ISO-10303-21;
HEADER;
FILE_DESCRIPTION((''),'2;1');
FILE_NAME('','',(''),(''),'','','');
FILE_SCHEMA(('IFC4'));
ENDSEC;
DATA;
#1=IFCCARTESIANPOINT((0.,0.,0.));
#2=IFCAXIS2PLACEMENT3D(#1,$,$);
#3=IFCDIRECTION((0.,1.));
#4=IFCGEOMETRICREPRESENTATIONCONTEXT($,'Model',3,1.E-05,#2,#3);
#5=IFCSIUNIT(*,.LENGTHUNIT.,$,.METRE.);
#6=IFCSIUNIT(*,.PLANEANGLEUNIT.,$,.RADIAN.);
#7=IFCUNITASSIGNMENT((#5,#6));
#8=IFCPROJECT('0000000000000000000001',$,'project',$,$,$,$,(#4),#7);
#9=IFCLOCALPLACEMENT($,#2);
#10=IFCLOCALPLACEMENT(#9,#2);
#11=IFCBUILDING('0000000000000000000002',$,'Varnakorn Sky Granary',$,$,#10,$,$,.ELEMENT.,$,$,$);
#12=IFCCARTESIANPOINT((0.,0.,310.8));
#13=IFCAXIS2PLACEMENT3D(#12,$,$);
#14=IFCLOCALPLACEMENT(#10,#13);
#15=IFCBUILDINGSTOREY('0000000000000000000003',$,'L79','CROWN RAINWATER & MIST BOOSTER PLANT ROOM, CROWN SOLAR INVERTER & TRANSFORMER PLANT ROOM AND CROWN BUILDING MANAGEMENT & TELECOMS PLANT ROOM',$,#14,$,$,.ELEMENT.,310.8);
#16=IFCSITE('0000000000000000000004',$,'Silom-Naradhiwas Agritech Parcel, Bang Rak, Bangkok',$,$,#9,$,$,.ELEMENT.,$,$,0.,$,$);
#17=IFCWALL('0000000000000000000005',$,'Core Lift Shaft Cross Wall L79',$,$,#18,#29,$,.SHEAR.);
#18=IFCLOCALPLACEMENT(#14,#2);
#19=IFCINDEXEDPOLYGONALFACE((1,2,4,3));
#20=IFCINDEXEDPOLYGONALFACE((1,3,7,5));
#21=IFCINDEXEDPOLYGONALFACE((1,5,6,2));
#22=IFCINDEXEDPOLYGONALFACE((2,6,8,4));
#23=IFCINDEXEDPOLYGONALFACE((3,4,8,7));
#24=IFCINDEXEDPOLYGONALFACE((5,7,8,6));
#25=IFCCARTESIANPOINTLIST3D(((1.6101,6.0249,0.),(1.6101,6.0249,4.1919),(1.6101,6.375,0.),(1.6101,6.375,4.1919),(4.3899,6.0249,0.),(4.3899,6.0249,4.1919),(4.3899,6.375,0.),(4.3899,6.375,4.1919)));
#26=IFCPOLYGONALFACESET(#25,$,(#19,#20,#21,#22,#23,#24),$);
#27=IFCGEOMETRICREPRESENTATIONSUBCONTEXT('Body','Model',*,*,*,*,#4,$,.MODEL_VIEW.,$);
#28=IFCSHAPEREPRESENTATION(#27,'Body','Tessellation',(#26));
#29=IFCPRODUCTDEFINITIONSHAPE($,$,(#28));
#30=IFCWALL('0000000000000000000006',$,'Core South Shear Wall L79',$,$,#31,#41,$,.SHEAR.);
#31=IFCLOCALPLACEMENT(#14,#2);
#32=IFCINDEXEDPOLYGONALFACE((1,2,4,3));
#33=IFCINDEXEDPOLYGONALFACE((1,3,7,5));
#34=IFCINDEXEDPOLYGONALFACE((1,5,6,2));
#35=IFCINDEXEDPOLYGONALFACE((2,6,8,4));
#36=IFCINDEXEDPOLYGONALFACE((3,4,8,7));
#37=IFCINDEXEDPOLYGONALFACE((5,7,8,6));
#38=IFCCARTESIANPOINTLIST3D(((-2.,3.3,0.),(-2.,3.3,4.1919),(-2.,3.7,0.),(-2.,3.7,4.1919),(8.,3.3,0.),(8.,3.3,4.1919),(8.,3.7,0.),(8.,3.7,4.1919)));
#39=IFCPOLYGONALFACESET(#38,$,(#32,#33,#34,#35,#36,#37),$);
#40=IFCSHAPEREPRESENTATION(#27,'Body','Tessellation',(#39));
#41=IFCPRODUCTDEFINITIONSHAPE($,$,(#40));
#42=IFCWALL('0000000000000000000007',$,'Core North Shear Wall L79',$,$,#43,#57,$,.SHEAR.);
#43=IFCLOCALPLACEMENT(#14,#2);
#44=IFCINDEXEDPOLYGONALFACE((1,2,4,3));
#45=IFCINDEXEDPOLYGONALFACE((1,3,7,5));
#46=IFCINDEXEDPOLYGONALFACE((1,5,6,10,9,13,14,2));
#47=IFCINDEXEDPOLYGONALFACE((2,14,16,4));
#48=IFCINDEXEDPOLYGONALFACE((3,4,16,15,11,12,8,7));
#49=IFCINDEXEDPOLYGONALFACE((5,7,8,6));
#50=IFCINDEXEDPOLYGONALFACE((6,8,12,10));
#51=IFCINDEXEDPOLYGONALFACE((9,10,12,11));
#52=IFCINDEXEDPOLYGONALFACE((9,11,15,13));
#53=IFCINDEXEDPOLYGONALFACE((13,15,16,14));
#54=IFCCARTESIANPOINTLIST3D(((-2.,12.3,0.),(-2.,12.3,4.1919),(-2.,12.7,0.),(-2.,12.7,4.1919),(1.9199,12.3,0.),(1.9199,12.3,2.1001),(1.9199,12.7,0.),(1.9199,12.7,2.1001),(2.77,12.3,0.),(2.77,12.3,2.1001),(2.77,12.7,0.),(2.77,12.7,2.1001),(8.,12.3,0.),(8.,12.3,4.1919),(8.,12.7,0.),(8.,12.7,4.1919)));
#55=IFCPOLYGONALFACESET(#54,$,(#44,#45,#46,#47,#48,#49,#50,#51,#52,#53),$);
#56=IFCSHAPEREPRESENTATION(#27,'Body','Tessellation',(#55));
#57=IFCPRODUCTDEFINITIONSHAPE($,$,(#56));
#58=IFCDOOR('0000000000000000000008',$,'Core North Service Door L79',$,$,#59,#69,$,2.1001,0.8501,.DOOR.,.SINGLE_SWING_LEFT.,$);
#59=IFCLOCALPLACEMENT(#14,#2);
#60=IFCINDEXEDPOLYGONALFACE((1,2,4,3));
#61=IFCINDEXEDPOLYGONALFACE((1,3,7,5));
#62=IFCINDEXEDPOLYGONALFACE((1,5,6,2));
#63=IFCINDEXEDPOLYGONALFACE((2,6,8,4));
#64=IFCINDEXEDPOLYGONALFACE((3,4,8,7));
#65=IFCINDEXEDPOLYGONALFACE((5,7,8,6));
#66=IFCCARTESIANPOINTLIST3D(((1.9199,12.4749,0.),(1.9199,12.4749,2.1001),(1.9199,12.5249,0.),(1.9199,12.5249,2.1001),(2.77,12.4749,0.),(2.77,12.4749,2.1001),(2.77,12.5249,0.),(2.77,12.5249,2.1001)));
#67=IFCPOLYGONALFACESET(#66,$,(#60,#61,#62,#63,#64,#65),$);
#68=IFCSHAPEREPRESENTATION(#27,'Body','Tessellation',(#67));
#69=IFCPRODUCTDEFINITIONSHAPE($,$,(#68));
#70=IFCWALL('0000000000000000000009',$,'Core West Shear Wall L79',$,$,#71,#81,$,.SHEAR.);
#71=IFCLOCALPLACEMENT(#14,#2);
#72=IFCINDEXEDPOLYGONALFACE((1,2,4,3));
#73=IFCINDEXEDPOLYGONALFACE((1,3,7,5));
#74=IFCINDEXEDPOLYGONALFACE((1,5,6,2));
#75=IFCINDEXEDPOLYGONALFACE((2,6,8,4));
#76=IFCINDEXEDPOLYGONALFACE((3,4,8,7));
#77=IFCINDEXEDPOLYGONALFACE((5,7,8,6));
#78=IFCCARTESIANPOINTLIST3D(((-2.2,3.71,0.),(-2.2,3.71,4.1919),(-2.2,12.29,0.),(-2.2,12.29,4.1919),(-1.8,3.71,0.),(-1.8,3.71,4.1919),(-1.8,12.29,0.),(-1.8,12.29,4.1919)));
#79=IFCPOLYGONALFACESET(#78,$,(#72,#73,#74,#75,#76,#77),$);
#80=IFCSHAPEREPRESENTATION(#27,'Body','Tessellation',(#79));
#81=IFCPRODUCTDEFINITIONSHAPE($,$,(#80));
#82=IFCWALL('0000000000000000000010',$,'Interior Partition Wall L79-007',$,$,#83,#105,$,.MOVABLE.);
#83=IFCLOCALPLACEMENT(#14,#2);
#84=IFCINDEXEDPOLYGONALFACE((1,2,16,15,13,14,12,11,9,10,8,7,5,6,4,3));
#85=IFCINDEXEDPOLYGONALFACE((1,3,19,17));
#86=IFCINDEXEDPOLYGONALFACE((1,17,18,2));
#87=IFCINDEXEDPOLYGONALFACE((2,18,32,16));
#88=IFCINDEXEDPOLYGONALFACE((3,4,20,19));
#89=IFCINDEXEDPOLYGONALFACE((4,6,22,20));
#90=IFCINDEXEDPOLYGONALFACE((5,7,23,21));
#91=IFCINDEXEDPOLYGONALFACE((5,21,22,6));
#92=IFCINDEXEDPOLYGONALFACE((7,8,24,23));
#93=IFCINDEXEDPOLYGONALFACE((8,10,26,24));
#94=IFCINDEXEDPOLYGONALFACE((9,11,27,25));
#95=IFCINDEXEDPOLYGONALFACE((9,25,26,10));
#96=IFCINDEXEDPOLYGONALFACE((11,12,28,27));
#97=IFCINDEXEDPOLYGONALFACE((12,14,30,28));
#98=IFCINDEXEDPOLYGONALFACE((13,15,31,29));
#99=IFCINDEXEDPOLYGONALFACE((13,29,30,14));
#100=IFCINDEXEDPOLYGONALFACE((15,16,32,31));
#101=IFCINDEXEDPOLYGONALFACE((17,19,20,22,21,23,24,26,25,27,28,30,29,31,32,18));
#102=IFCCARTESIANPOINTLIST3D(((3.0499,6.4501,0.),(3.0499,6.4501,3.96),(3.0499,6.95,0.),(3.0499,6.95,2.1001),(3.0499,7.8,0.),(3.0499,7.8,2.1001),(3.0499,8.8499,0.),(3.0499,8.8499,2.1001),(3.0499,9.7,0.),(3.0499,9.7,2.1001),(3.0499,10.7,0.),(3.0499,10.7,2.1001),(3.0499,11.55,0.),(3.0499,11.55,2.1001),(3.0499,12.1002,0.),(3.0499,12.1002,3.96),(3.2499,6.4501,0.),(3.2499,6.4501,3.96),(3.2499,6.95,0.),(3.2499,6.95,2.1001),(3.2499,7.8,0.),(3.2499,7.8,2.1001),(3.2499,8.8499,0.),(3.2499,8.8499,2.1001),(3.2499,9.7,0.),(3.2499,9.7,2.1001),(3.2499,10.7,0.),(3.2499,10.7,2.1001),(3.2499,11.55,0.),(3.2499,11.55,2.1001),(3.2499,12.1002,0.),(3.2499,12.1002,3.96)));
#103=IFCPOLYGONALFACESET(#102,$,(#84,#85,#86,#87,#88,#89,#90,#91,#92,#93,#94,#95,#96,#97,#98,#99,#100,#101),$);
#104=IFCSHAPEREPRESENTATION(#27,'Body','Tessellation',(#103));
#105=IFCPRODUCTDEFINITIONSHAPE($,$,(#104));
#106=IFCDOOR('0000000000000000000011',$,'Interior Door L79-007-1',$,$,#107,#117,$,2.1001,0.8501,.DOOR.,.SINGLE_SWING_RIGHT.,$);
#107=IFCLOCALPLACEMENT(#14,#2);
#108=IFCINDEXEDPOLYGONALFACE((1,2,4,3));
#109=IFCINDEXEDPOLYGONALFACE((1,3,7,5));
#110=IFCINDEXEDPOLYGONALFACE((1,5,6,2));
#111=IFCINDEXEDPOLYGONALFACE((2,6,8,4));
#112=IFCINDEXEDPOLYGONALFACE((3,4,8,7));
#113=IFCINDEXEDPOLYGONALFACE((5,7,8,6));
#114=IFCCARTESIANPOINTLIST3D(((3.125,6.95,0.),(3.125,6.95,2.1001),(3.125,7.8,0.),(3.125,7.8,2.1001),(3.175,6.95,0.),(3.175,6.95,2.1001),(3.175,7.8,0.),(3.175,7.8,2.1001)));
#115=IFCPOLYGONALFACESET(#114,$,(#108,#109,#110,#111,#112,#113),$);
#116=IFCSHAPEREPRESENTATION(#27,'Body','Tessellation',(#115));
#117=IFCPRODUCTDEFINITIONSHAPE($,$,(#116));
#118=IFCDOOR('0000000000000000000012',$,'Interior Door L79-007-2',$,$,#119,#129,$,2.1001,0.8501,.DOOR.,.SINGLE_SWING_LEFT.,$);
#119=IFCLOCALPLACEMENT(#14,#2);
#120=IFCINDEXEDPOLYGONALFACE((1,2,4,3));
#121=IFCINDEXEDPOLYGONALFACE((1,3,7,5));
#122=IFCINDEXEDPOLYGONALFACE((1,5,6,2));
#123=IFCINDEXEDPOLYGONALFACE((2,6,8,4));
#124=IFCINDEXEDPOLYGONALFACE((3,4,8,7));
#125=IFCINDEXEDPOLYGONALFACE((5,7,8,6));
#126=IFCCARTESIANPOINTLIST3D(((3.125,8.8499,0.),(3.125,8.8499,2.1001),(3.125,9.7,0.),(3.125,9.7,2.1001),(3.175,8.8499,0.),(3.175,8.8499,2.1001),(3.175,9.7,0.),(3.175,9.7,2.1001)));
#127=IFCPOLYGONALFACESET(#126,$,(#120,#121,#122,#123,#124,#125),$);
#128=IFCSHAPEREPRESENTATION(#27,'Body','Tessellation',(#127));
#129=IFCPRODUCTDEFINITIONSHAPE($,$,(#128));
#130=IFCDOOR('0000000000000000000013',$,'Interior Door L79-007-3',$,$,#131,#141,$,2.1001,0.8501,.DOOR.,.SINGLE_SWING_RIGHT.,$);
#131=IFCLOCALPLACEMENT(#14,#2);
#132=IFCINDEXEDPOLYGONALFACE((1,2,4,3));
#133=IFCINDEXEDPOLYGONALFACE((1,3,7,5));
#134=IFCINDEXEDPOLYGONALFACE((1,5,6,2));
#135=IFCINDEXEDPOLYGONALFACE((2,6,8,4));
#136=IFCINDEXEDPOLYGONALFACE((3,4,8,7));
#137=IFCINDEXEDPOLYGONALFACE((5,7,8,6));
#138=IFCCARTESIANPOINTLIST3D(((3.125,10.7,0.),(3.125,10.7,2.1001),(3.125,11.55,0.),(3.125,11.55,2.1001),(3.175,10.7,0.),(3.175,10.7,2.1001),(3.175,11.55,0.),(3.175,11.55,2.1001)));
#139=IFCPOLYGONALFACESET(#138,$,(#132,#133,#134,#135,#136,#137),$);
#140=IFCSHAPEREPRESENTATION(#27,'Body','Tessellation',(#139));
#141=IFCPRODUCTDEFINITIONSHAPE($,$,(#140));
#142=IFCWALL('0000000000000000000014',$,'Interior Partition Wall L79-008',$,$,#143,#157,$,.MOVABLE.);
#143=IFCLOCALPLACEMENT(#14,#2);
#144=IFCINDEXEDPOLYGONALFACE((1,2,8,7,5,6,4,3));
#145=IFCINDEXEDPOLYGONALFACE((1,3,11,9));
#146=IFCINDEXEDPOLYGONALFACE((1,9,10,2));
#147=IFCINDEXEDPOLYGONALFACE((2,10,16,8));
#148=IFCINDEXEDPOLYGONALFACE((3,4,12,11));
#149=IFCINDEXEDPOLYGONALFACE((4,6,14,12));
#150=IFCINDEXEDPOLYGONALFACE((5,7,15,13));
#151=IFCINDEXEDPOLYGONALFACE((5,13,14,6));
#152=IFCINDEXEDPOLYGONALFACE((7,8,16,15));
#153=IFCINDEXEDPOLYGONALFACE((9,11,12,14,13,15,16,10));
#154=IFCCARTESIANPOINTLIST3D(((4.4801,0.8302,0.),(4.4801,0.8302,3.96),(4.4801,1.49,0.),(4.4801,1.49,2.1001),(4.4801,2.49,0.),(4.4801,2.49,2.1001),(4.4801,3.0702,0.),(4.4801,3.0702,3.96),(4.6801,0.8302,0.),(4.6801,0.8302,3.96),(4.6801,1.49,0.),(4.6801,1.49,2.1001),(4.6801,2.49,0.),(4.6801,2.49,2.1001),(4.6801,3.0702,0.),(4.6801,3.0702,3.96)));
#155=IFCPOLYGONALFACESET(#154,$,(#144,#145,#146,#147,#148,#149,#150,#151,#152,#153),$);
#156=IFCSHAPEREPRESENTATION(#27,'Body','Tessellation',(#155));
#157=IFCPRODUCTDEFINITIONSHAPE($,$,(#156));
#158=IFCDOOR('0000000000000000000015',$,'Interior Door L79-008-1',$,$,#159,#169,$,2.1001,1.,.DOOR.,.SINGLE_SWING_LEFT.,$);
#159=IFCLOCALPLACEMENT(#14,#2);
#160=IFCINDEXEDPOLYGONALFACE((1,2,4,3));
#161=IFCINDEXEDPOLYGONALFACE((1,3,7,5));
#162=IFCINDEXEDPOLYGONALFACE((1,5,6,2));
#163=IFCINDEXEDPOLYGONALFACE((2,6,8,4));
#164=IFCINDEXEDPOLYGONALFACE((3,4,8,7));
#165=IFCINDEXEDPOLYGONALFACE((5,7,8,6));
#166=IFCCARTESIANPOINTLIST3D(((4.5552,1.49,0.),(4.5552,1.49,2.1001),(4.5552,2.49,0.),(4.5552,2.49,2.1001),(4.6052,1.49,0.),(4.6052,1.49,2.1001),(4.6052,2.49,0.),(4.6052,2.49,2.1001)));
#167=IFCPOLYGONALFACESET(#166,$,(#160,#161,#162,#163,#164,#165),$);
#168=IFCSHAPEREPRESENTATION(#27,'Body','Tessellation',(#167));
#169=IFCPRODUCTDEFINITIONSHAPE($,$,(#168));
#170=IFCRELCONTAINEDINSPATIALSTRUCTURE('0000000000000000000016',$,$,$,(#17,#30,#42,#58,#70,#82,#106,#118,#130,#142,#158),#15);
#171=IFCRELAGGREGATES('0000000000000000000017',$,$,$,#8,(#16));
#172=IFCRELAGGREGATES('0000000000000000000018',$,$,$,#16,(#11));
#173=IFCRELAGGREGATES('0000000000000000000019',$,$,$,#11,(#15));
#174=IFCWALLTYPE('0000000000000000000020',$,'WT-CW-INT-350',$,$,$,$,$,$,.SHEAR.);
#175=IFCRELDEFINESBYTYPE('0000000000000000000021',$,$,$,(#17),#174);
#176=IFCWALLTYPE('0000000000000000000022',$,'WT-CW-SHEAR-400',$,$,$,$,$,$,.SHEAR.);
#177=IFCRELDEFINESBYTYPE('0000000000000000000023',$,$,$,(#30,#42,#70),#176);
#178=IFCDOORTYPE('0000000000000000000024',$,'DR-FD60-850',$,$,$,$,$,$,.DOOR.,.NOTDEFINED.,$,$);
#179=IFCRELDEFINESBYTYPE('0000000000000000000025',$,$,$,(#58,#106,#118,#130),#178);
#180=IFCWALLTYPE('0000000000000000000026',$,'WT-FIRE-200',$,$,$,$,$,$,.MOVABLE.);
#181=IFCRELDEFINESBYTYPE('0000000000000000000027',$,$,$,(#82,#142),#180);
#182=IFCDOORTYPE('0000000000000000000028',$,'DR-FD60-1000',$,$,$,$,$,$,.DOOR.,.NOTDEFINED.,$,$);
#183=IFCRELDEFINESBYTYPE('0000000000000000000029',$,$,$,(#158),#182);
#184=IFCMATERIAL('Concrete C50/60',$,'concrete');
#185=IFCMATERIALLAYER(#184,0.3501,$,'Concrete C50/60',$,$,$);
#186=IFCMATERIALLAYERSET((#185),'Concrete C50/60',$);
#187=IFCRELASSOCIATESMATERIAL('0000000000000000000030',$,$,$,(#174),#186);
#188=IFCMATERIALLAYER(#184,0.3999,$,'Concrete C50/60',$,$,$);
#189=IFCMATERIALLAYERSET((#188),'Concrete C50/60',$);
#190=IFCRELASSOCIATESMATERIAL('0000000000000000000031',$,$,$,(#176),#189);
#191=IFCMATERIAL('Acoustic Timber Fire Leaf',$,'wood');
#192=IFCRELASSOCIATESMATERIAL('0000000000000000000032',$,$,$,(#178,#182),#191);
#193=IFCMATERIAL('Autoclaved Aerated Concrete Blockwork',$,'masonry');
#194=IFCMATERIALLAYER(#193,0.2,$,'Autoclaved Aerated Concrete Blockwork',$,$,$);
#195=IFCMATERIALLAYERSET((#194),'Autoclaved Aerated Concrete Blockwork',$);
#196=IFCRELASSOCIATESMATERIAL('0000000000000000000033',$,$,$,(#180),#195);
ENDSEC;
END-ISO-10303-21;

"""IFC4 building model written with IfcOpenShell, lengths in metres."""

from ifc_helpers import new_model, si_unit, direction, frame, frame_2d, origin, place, context, subcontext, project, spatial, rectangle, extrude, material, layer, layer_set, type_object, element, fill, save


model = new_model("IFC4")

# Units and contexts
model_context = context("Model", 3, precision=1e-05, world=origin(), true_north=direction((0.0, 1.0)))
body_context = subcontext(model_context, "Body", "Model", "MODEL_VIEW")
ifc_project = project(units=[si_unit("LENGTHUNIT", "METRE"), si_unit("PLANEANGLEUNIT", "RADIAN")], contexts=[model_context])

# Site, building, storey
site_placement = place(None, origin())
site = spatial("IfcSite", under=ifc_project, at=site_placement, Name="Silom-Naradhiwas Agritech Parcel, Bang Rak, Bangkok", CompositionType="ELEMENT", RefElevation=0.0)
building_placement = place(site_placement, origin())
building = spatial("IfcBuilding", under=site, at=building_placement, Name="Varnakorn Sky Granary", CompositionType="ELEMENT")
storey_placement = place(building_placement, frame((0.0, 0.0, 310.8)))
storey = spatial("IfcBuildingStorey", under=building, at=storey_placement, Name="L79", Description="CROWN RAINWATER & MIST BOOSTER PLANT ROOM, CROWN SOLAR INVERTER & TRANSFORMER PLANT ROOM AND CROWN BUILDING MANAGEMENT & TELECOMS PLANT ROOM", CompositionType="ELEMENT", Elevation=310.8)

# Shared definitions
ifc_material_1 = material(Name="Concrete C50/60", Category="concrete")

# Walls
ifc_layer_1 = layer(ifc_material_1, 0.3501, Name="Concrete C50/60")
ifc_layer_set_1 = layer_set([ifc_layer_1], Name="Concrete C50/60")
wall_type_1 = type_object("IfcWallType", Name="WT-CW-INT-350", PredefinedType="SHEAR", material=ifc_layer_set_1)
wall_1_placement = place(storey_placement, frame((1.6101, 6.2, 0.0), z_axis=(0.0, 0.0, 1.0), x_axis=(1.0, 0.0, 0.0)))
element("IfcWall", 1, at=wall_1_placement, inside=storey, type_object=wall_type_1, Name="Core Lift Shaft Cross Wall L79", PredefinedType="SHEAR", context=body_context, shape_type="SweptSolid", body=[
    extrude(rectangle(XDim=2.7798, YDim=0.3501, at=frame_2d((1.3899, 0.0))), origin(), (0.0, 0.0, 1.0), 4.1919),
])
ifc_layer_2 = layer(ifc_material_1, 0.3999, Name="Concrete C50/60")
ifc_layer_set_2 = layer_set([ifc_layer_2], Name="Concrete C50/60")
wall_type_2 = type_object("IfcWallType", Name="WT-CW-SHEAR-400", PredefinedType="SHEAR", material=ifc_layer_set_2)
wall_2_placement = place(storey_placement, frame((-2.0, 3.5, 0.0), z_axis=(0.0, 0.0, 1.0), x_axis=(1.0, 0.0, 0.0)))
element("IfcWall", 2, at=wall_2_placement, inside=storey, type_object=wall_type_2, Name="Core South Shear Wall L79", PredefinedType="SHEAR", context=body_context, shape_type="SweptSolid", body=[
    extrude(rectangle(XDim=10.0, YDim=0.3999, at=frame_2d((5.0, 0.0))), origin(), (0.0, 0.0, 1.0), 4.1919),
])

# Wall, opening, door
wall_3_placement = place(storey_placement, frame((-2.0, 12.5, 0.0), z_axis=(0.0, 0.0, 1.0), x_axis=(1.0, 0.0, 0.0)))
wall_3 = element("IfcWall", 3, at=wall_3_placement, inside=storey, type_object=wall_type_2, Name="Core North Shear Wall L79", PredefinedType="SHEAR", context=body_context, shape_type="SweptSolid", body=[
    extrude(rectangle(XDim=10.0, YDim=0.3999, at=frame_2d((5.0, 0.0))), origin(), (0.0, 0.0, 1.0), 4.1919),
])
opening_1_placement = place(wall_3_placement, frame((3.9199, 0.0, 0.0)))
opening_1 = element("IfcOpeningElement", 4, at=opening_1_placement, cuts=wall_3, PredefinedType="OPENING", context=body_context, shape_type="SweptSolid", body=[
    extrude(rectangle(XDim=0.8501, YDim=2.1001, at=frame_2d((0.425, 1.05))), frame((0.0, 0.21, 0.0), z_axis=(0.0, -1.0, 0.0), x_axis=(1.0, 0.0, 0.0)), (0.0, 0.0, 1.0), 0.4199),
])
ifc_material_2 = material(Name="Acoustic Timber Fire Leaf", Category="wood")
door_type_1 = type_object("IfcDoorType", Name="DR-FD60-850", OperationType="NOTDEFINED", PredefinedType="DOOR", material=ifc_material_2)
door_1_placement = place(opening_1_placement, origin())
door_1 = element("IfcDoor", 5, at=door_1_placement, inside=storey, type_object=door_type_1, Name="Core North Service Door L79", OperationType="SINGLE_SWING_LEFT", OverallHeight=2.1001, OverallWidth=0.8501, PredefinedType="DOOR", context=body_context, shape_type="SweptSolid", body=[
    extrude(rectangle(XDim=0.8501, YDim=2.1001, at=frame_2d((0.425, 1.05))), frame((0.0, 0.0249, 0.0), z_axis=(0.0, -1.0, 0.0), x_axis=(1.0, 0.0, 0.0)), (0.0, 0.0, 1.0), 0.05),
])
fill(opening_1, door_1)

# Wall
wall_4_placement = place(storey_placement, frame((-2.0, 3.71, 0.0), z_axis=(0.0, 0.0, 1.0), x_axis=(0.0, 1.0, 0.0)))
element("IfcWall", 6, at=wall_4_placement, inside=storey, type_object=wall_type_2, Name="Core West Shear Wall L79", PredefinedType="SHEAR", context=body_context, shape_type="SweptSolid", body=[
    extrude(rectangle(XDim=8.5801, YDim=0.3999, at=frame_2d((4.29, 0.0))), origin(), (0.0, 0.0, 1.0), 4.1919),
])

# Wall, openings, doors
ifc_material_3 = material(Name="Autoclaved Aerated Concrete Blockwork", Category="masonry")
ifc_layer_3 = layer(ifc_material_3, 0.2, Name="Autoclaved Aerated Concrete Blockwork")
ifc_layer_set_3 = layer_set([ifc_layer_3], Name="Autoclaved Aerated Concrete Blockwork")
wall_type_3 = type_object("IfcWallType", Name="WT-FIRE-200", PredefinedType="MOVABLE", material=ifc_layer_set_3)
wall_5_placement = place(storey_placement, frame((3.1499, 6.45, 0.0), z_axis=(0.0, 0.0, 1.0), x_axis=(0.0, 1.0, 0.0)))
wall_5 = element("IfcWall", 7, at=wall_5_placement, inside=storey, type_object=wall_type_3, Name="Interior Partition Wall L79-007", PredefinedType="MOVABLE", context=body_context, shape_type="SweptSolid", body=[
    extrude(rectangle(XDim=5.6501, YDim=0.2, at=frame_2d((2.8252, 0.0))), origin(), (0.0, 0.0, 1.0), 3.96),
])
opening_2_placement = place(wall_5_placement, frame((0.5, 0.0, 0.0)))
opening_2 = element("IfcOpeningElement", 8, at=opening_2_placement, cuts=wall_5, PredefinedType="OPENING", context=body_context, shape_type="SweptSolid", body=[
    extrude(rectangle(XDim=0.8501, YDim=2.1001, at=frame_2d((0.425, 1.05))), frame((0.0, 0.1099, 0.0), z_axis=(0.0, -1.0, 0.0), x_axis=(1.0, 0.0, 0.0)), (0.0, 0.0, 1.0), 0.22),
])
opening_3_placement = place(wall_5_placement, frame((2.3999, 0.0, 0.0)))
opening_3 = element("IfcOpeningElement", 9, at=opening_3_placement, cuts=wall_5, PredefinedType="OPENING", context=body_context, shape_type="SweptSolid", body=[
    extrude(rectangle(XDim=0.8501, YDim=2.1001, at=frame_2d((0.425, 1.05))), frame((0.0, 0.1099, 0.0), z_axis=(0.0, -1.0, 0.0), x_axis=(1.0, 0.0, 0.0)), (0.0, 0.0, 1.0), 0.22),
])
opening_4_placement = place(wall_5_placement, frame((4.25, 0.0, 0.0)))
opening_4 = element("IfcOpeningElement", 10, at=opening_4_placement, cuts=wall_5, PredefinedType="OPENING", context=body_context, shape_type="SweptSolid", body=[
    extrude(rectangle(XDim=0.8501, YDim=2.1001, at=frame_2d((0.425, 1.05))), frame((0.0, 0.1099, 0.0), z_axis=(0.0, -1.0, 0.0), x_axis=(1.0, 0.0, 0.0)), (0.0, 0.0, 1.0), 0.22),
])
door_2_placement = place(opening_2_placement, origin())
door_2 = element("IfcDoor", 11, at=door_2_placement, inside=storey, type_object=door_type_1, Name="Interior Door L79-007-1", OperationType="SINGLE_SWING_RIGHT", OverallHeight=2.1001, OverallWidth=0.8501, PredefinedType="DOOR", context=body_context, shape_type="SweptSolid", body=[
    extrude(rectangle(XDim=0.8501, YDim=2.1001, at=frame_2d((0.425, 1.05))), frame((0.0, 0.0249, 0.0), z_axis=(0.0, -1.0, 0.0), x_axis=(1.0, 0.0, 0.0)), (0.0, 0.0, 1.0), 0.05),
])
fill(opening_2, door_2)
door_3_placement = place(opening_3_placement, origin())
door_3 = element("IfcDoor", 12, at=door_3_placement, inside=storey, type_object=door_type_1, Name="Interior Door L79-007-2", OperationType="SINGLE_SWING_LEFT", OverallHeight=2.1001, OverallWidth=0.8501, PredefinedType="DOOR", context=body_context, shape_type="SweptSolid", body=[
    extrude(rectangle(XDim=0.8501, YDim=2.1001, at=frame_2d((0.425, 1.05))), frame((0.0, 0.0249, 0.0), z_axis=(0.0, -1.0, 0.0), x_axis=(1.0, 0.0, 0.0)), (0.0, 0.0, 1.0), 0.05),
])
fill(opening_3, door_3)
door_4_placement = place(opening_4_placement, origin())
door_4 = element("IfcDoor", 13, at=door_4_placement, inside=storey, type_object=door_type_1, Name="Interior Door L79-007-3", OperationType="SINGLE_SWING_RIGHT", OverallHeight=2.1001, OverallWidth=0.8501, PredefinedType="DOOR", context=body_context, shape_type="SweptSolid", body=[
    extrude(rectangle(XDim=0.8501, YDim=2.1001, at=frame_2d((0.425, 1.05))), frame((0.0, 0.0249, 0.0), z_axis=(0.0, -1.0, 0.0), x_axis=(1.0, 0.0, 0.0)), (0.0, 0.0, 1.0), 0.05),
])
fill(opening_4, door_4)

# Wall, opening, door
wall_6_placement = place(storey_placement, frame((4.5801, 0.8301, 0.0), z_axis=(0.0, 0.0, 1.0), x_axis=(0.0, 1.0, 0.0)))
wall_6 = element("IfcWall", 14, at=wall_6_placement, inside=storey, type_object=wall_type_3, Name="Interior Partition Wall L79-008", PredefinedType="MOVABLE", context=body_context, shape_type="SweptSolid", body=[
    extrude(rectangle(XDim=2.24, YDim=0.2, at=frame_2d((1.1201, 0.0))), origin(), (0.0, 0.0, 1.0), 3.96),
])
opening_5_placement = place(wall_6_placement, frame((0.6599, 0.0, 0.0)))
opening_5 = element("IfcOpeningElement", 15, at=opening_5_placement, cuts=wall_6, PredefinedType="OPENING", context=body_context, shape_type="SweptSolid", body=[
    extrude(rectangle(XDim=1.0, YDim=2.1001, at=frame_2d((0.5, 1.05))), frame((0.0, 0.1099, 0.0), z_axis=(0.0, -1.0, 0.0), x_axis=(1.0, 0.0, 0.0)), (0.0, 0.0, 1.0), 0.22),
])
door_type_2 = type_object("IfcDoorType", Name="DR-FD60-1000", OperationType="NOTDEFINED", PredefinedType="DOOR", material=ifc_material_2)
door_5_placement = place(opening_5_placement, origin())
door_5 = element("IfcDoor", 16, at=door_5_placement, inside=storey, type_object=door_type_2, Name="Interior Door L79-008-1", OperationType="SINGLE_SWING_LEFT", OverallHeight=2.1001, OverallWidth=1.0, PredefinedType="DOOR", context=body_context, shape_type="SweptSolid", body=[
    extrude(rectangle(XDim=1.0, YDim=2.1001, at=frame_2d((0.5, 1.05))), frame((0.0, 0.0249, 0.0), z_axis=(0.0, -1.0, 0.0), x_axis=(1.0, 0.0, 0.0)), (0.0, 0.0, 1.0), 0.05),
])
fill(opening_5, door_5)

save(model, "model.ifc")
